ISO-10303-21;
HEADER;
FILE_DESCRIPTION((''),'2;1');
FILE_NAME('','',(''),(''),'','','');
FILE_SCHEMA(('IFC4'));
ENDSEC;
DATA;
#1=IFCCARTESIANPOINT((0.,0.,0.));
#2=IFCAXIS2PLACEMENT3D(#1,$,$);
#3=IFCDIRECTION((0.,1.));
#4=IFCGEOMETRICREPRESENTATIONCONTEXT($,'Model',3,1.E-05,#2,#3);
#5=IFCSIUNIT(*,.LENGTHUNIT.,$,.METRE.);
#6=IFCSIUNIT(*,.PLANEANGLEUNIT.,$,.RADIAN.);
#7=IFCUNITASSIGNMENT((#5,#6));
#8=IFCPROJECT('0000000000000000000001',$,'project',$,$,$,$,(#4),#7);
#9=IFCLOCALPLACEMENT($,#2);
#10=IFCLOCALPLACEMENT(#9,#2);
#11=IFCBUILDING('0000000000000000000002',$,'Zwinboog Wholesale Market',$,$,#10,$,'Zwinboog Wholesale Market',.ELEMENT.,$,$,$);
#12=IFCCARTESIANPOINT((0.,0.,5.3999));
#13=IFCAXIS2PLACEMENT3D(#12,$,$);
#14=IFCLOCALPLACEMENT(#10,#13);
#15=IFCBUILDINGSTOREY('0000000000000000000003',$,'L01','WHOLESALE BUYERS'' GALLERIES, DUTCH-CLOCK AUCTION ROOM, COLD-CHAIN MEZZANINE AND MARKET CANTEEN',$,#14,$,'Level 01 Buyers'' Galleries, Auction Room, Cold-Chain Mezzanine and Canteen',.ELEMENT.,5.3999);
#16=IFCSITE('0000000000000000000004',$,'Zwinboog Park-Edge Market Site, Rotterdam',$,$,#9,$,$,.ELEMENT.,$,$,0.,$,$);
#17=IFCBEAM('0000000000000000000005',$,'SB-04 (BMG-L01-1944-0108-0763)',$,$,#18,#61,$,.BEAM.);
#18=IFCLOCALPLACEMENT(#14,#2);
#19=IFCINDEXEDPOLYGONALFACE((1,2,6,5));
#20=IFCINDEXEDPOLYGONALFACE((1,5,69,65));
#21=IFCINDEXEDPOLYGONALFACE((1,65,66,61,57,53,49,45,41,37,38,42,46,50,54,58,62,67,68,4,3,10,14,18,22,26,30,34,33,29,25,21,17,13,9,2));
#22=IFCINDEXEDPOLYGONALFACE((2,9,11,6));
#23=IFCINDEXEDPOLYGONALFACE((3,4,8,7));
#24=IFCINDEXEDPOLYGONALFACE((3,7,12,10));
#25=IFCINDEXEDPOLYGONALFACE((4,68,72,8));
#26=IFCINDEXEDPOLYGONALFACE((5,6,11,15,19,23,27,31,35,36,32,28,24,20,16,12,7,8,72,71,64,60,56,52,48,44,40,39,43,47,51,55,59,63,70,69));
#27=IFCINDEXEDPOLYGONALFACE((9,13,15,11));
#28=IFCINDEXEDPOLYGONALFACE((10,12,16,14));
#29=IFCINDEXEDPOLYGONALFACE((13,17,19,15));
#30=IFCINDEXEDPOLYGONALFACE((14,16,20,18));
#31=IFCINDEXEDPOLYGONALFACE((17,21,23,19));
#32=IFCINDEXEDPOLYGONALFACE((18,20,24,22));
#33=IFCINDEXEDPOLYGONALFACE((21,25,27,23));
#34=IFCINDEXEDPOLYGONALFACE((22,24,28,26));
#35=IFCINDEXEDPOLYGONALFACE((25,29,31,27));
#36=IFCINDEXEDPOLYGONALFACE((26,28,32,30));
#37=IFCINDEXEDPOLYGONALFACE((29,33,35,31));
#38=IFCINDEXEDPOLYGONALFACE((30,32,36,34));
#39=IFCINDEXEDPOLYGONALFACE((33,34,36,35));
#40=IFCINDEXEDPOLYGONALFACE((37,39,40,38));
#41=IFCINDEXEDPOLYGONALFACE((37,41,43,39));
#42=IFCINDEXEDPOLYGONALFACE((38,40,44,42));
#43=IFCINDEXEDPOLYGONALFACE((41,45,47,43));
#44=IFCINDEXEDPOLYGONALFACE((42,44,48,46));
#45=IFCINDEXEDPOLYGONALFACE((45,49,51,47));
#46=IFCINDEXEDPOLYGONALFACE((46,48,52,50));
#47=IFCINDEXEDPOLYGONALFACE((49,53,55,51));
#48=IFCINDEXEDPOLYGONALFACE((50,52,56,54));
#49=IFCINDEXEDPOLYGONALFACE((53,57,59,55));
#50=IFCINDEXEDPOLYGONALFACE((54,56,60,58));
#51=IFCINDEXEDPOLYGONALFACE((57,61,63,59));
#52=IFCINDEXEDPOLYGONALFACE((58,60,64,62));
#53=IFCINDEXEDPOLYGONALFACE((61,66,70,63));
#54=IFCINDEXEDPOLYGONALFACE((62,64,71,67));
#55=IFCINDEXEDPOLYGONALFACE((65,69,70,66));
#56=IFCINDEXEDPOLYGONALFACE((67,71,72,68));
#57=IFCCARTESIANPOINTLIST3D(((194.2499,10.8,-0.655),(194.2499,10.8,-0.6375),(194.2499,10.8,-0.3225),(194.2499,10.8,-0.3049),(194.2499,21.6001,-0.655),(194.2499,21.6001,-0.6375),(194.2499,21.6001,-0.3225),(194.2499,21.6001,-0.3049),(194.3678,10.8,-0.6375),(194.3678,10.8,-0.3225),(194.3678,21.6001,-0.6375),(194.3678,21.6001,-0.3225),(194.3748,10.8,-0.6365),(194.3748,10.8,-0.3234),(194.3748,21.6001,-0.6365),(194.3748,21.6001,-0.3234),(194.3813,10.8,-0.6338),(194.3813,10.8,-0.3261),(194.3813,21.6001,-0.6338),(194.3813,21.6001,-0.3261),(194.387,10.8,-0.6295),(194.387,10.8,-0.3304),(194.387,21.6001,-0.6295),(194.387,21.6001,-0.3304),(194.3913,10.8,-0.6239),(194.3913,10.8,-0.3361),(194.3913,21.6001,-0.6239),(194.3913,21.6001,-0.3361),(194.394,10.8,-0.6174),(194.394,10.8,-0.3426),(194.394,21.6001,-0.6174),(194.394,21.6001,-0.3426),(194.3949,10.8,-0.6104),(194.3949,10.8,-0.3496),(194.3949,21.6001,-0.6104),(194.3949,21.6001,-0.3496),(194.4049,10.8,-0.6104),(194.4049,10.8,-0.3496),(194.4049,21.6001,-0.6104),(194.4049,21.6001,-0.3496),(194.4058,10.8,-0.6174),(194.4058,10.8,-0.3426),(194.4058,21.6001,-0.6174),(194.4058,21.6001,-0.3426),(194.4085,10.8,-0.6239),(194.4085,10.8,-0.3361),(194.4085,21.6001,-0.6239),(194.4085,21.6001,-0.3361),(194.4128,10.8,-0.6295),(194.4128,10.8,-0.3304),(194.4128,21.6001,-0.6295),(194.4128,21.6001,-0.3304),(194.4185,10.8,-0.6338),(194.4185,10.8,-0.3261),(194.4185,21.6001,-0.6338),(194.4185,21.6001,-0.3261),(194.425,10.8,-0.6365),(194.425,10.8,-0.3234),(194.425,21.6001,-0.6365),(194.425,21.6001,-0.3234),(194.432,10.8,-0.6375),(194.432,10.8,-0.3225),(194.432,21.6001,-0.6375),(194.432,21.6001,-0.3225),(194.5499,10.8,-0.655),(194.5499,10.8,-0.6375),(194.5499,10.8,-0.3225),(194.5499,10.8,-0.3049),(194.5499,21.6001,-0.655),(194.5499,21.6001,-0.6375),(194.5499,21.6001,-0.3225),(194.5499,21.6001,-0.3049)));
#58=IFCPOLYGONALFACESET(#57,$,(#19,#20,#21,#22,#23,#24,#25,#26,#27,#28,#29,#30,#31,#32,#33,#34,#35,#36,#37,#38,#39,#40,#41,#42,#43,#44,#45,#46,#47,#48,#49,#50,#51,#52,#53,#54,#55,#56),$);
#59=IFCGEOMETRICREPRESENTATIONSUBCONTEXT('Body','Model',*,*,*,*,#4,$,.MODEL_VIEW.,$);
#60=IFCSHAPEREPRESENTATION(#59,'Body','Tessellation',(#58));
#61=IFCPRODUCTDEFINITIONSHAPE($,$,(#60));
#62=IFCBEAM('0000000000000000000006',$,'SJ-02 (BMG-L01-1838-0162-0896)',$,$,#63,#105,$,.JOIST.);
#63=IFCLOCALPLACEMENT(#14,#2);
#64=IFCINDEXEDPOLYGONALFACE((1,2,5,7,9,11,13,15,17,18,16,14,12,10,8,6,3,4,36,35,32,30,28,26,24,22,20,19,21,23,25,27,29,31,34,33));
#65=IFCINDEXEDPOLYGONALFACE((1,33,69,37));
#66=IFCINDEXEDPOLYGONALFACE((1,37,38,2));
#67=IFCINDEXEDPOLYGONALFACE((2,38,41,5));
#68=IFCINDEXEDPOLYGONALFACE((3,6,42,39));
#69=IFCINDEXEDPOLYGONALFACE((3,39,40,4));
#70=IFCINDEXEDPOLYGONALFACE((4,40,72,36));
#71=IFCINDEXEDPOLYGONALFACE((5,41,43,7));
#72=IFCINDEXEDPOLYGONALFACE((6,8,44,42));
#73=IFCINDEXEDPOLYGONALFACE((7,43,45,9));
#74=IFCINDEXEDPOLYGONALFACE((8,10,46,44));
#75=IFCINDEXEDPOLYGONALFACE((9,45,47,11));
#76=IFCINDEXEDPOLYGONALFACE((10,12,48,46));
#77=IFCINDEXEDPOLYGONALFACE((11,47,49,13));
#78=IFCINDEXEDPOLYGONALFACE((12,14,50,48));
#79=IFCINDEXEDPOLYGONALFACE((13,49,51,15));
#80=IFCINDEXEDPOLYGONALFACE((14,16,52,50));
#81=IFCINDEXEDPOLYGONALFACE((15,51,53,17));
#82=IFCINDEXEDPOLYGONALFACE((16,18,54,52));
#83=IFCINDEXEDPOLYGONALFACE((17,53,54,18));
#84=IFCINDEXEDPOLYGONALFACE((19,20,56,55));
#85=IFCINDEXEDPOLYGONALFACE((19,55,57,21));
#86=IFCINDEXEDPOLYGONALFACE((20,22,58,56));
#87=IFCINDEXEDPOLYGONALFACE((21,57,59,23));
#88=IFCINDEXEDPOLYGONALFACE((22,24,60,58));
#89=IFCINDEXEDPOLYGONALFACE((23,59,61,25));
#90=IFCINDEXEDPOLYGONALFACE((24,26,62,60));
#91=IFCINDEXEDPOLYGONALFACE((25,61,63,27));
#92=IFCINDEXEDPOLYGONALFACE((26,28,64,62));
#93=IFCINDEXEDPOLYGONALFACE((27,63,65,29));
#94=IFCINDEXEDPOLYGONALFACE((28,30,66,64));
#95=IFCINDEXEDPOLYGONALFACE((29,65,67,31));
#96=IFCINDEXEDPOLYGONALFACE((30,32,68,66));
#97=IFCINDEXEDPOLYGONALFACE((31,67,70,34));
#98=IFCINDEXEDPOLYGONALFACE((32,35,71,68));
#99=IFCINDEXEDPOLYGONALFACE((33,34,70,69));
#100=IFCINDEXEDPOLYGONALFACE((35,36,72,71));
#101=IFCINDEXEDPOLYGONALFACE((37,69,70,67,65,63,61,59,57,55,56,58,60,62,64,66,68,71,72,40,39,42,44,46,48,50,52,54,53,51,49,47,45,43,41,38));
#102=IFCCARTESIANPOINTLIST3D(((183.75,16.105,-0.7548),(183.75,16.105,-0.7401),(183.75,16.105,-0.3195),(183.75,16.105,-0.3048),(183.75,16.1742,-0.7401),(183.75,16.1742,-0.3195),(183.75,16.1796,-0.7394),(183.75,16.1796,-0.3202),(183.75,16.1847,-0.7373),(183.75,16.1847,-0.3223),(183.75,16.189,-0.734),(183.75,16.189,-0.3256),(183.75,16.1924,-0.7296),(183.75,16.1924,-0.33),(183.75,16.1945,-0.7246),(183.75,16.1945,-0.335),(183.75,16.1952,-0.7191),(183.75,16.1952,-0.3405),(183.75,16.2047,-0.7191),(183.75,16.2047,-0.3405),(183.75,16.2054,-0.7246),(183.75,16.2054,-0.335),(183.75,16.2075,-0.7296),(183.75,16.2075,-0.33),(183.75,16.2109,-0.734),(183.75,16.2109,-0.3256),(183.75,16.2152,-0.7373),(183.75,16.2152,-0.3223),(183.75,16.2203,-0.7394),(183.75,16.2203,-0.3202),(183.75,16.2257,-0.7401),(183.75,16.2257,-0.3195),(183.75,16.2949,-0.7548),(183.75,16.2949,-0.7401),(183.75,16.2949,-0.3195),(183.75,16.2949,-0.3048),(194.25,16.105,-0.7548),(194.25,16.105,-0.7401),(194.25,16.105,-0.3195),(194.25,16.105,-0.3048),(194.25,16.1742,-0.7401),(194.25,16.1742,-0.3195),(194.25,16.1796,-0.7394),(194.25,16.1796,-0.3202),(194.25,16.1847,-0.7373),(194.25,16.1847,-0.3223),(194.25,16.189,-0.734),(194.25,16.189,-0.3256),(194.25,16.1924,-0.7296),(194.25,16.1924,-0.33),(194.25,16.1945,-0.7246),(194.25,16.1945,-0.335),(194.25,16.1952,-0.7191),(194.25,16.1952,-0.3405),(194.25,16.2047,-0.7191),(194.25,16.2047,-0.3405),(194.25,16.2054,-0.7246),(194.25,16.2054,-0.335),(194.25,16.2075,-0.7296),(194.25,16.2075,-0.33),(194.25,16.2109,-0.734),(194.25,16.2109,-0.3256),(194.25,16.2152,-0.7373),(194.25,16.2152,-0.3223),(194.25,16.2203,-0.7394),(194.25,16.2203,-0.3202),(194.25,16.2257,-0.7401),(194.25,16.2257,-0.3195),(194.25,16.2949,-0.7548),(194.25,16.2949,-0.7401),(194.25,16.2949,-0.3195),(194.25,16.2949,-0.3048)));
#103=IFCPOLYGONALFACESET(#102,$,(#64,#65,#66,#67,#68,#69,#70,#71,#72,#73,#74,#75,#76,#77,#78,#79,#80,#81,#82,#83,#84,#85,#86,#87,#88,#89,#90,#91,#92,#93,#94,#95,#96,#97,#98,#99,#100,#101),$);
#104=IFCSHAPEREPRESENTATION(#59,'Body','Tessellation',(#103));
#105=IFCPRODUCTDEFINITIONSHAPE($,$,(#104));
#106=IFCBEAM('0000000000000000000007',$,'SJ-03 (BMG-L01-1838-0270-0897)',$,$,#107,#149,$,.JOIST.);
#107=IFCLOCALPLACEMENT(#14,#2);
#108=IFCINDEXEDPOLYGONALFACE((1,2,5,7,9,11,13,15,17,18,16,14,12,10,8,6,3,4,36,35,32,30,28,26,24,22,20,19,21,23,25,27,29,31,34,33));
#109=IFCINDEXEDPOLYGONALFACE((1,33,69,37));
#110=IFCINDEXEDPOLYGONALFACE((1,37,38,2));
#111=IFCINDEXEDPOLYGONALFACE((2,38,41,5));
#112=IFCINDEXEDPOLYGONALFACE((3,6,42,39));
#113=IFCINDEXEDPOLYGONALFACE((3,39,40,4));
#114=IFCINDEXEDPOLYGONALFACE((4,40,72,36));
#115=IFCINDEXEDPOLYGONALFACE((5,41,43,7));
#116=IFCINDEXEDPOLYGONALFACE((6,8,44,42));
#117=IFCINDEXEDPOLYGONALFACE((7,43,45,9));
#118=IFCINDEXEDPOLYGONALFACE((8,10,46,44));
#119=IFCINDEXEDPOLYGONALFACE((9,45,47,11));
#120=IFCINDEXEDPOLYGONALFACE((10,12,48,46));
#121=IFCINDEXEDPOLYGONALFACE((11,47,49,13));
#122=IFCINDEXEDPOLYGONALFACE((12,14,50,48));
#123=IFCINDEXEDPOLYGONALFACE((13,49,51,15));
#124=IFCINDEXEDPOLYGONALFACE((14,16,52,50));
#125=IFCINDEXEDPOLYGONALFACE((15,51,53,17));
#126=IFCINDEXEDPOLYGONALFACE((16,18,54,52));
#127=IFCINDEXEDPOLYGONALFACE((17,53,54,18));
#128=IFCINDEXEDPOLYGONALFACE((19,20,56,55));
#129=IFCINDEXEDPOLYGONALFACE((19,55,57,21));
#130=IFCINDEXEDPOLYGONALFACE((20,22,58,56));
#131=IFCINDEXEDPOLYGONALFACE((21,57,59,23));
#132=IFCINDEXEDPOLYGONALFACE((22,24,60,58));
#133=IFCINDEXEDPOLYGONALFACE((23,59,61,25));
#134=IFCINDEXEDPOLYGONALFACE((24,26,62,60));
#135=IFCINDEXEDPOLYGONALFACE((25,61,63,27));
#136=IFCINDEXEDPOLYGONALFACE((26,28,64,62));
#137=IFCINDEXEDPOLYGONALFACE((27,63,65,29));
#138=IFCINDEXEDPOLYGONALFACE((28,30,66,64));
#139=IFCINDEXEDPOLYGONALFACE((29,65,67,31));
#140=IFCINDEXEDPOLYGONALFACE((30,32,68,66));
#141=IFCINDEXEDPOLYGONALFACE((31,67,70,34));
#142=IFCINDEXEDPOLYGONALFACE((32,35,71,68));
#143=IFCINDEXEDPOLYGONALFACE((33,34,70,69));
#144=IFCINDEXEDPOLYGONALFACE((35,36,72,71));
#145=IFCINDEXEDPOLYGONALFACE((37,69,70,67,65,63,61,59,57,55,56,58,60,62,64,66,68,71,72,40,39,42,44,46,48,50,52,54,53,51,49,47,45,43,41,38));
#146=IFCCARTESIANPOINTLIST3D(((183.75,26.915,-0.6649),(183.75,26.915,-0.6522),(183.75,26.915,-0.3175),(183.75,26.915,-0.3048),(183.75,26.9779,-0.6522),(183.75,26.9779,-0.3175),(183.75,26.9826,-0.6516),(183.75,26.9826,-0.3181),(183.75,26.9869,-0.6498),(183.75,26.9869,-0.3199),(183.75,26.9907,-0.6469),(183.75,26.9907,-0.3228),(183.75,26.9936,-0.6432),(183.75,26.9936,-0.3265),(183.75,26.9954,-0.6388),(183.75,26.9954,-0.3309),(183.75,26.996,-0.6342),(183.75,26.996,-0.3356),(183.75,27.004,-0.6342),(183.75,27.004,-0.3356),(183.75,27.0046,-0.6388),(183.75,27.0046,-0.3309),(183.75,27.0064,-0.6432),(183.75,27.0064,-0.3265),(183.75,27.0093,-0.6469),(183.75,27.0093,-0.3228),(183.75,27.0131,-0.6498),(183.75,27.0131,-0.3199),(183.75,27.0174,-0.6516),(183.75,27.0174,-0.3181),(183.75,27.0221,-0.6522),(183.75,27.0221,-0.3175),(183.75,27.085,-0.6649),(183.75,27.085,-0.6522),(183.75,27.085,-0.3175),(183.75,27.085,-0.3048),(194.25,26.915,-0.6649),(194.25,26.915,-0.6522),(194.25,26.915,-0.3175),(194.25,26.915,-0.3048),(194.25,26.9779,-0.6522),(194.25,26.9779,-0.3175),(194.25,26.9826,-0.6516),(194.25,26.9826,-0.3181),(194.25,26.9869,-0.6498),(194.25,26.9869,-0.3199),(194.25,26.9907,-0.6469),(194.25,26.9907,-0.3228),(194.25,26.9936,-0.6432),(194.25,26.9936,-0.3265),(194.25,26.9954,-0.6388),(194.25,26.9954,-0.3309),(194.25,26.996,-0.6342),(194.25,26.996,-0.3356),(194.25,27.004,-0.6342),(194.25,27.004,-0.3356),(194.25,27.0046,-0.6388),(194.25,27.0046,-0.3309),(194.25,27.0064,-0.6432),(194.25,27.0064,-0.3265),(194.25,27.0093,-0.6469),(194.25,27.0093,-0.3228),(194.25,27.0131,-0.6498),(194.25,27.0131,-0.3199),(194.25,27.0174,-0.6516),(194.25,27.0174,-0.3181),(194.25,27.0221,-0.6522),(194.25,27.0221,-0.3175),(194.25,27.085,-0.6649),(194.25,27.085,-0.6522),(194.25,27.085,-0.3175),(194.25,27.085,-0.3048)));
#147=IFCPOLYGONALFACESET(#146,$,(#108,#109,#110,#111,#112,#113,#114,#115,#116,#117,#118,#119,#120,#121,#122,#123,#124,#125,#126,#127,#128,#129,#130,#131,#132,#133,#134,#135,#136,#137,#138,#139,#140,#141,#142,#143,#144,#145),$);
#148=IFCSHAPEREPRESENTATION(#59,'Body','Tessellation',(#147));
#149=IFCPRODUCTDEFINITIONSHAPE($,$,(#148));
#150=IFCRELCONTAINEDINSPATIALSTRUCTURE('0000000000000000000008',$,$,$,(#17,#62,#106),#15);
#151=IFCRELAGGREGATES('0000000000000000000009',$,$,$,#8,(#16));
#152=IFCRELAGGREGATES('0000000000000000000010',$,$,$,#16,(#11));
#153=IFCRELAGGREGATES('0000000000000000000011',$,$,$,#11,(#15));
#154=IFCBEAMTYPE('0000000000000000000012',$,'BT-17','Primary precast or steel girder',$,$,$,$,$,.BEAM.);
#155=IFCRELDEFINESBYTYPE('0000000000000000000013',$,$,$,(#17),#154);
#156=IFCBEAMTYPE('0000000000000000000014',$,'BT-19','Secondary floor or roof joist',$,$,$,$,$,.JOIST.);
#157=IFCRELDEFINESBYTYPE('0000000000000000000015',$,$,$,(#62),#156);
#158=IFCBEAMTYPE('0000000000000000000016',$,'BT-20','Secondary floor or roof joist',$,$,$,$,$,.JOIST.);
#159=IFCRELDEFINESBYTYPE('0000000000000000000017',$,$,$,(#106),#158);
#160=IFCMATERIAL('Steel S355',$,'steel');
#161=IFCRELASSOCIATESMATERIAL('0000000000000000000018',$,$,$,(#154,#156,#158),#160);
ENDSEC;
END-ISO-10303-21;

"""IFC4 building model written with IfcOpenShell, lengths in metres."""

from ifc_helpers import new_model, si_unit, direction, frame, origin, origin_2d, place, context, subcontext, project, spatial, i_section, extrude, material, material_profile, profile_set, type_object, element, save


model = new_model("IFC4")

# Units and contexts
model_context = context("Model", 3, precision=1e-05, world=origin(), true_north=direction((0.0, 1.0)))
body_context = subcontext(model_context, "Body", "Model", "MODEL_VIEW")
ifc_project = project(units=[si_unit("LENGTHUNIT", "METRE"), si_unit("PLANEANGLEUNIT", "RADIAN")], contexts=[model_context])

# Site, building, storey
site_placement = place(None, origin())
site = spatial("IfcSite", under=ifc_project, at=site_placement, Name="Zwinboog Park-Edge Market Site, Rotterdam", CompositionType="ELEMENT", RefElevation=0.0)
building_placement = place(site_placement, origin())
building = spatial("IfcBuilding", under=site, at=building_placement, Name="Zwinboog Wholesale Market", LongName="Zwinboog Wholesale Market", CompositionType="ELEMENT")
storey_placement = place(building_placement, frame((0.0, 0.0, 5.3999)))
storey = spatial("IfcBuildingStorey", under=building, at=storey_placement, Name="L01", Description="WHOLESALE BUYERS' GALLERIES, DUTCH-CLOCK AUCTION ROOM, COLD-CHAIN MEZZANINE AND MARKET CANTEEN", LongName="Level 01 Buyers' Galleries, Auction Room, Cold-Chain Mezzanine and Canteen", CompositionType="ELEMENT", Elevation=5.3999)

# Beams
ifc_material_1 = material(Name="Steel S355", Category="steel")
ifc_material_profile_1 = material_profile(ifc_material_1, i_section(OverallWidth=0.3, OverallDepth=0.3501, WebThickness=0.01, FlangeThickness=0.0176, FilletRadius=0.0271, at=origin_2d()), Name="HEA 360")
ifc_profile_set_1 = profile_set([ifc_material_profile_1], Name="Steel S355")
beam_type_1 = type_object("IfcBeamType", Name="BT-17", Description="Primary precast or steel girder", PredefinedType="BEAM", material=ifc_profile_set_1)
beam_1_placement = place(storey_placement, frame((194.3999, 10.8, -0.48), z_axis=(0.0, 1.0, 0.0), x_axis=(-1.0, 0.0, 0.0)))
element("IfcBeam", 1, at=beam_1_placement, inside=storey, type_object=beam_type_1, Name="SB-04 (BMG-L01-1944-0108-0763)", PredefinedType="BEAM", context=body_context, shape_type="SweptSolid", body=[
    extrude(i_section(OverallWidth=0.3, OverallDepth=0.3501, WebThickness=0.01, FlangeThickness=0.0176, FilletRadius=0.0271, at=origin_2d()), origin(), (0.0, 0.0, 1.0), 10.8),
])
ifc_material_profile_2 = material_profile(ifc_material_1, i_section(OverallWidth=0.1899, OverallDepth=0.45, WebThickness=0.0095, FlangeThickness=0.0146, FilletRadius=0.021, at=origin_2d()), Name="IPE 450")
ifc_profile_set_2 = profile_set([ifc_material_profile_2], Name="Steel S355")
beam_type_2 = type_object("IfcBeamType", Name="BT-19", Description="Secondary floor or roof joist", PredefinedType="JOIST", material=ifc_profile_set_2)
beam_2_placement = place(storey_placement, frame((183.75, 16.2, -0.5298), z_axis=(1.0, 0.0, 0.0), x_axis=(0.0, 1.0, 0.0)))
element("IfcBeam", 2, at=beam_2_placement, inside=storey, type_object=beam_type_2, Name="SJ-02 (BMG-L01-1838-0162-0896)", PredefinedType="JOIST", context=body_context, shape_type="SweptSolid", body=[
    extrude(i_section(OverallWidth=0.1899, OverallDepth=0.45, WebThickness=0.0095, FlangeThickness=0.0146, FilletRadius=0.021, at=origin_2d()), origin(), (0.0, 0.0, 1.0), 10.5),
])
ifc_material_profile_3 = material_profile(ifc_material_1, i_section(OverallWidth=0.1699, OverallDepth=0.3601, WebThickness=0.0081, FlangeThickness=0.0127, FilletRadius=0.0181, at=origin_2d()), Name="IPE 360")
ifc_profile_set_3 = profile_set([ifc_material_profile_3], Name="Steel S355")
beam_type_3 = type_object("IfcBeamType", Name="BT-20", Description="Secondary floor or roof joist", PredefinedType="JOIST", material=ifc_profile_set_3)
beam_3_placement = place(storey_placement, frame((183.75, 27.0, -0.4849), z_axis=(1.0, 0.0, 0.0), x_axis=(0.0, 1.0, 0.0)))
element("IfcBeam", 3, at=beam_3_placement, inside=storey, type_object=beam_type_3, Name="SJ-03 (BMG-L01-1838-0270-0897)", PredefinedType="JOIST", context=body_context, shape_type="SweptSolid", body=[
    extrude(i_section(OverallWidth=0.1699, OverallDepth=0.3601, WebThickness=0.0081, FlangeThickness=0.0127, FilletRadius=0.0181, at=origin_2d()), origin(), (0.0, 0.0, 1.0), 10.5),
])

save(model, "model.ifc")
